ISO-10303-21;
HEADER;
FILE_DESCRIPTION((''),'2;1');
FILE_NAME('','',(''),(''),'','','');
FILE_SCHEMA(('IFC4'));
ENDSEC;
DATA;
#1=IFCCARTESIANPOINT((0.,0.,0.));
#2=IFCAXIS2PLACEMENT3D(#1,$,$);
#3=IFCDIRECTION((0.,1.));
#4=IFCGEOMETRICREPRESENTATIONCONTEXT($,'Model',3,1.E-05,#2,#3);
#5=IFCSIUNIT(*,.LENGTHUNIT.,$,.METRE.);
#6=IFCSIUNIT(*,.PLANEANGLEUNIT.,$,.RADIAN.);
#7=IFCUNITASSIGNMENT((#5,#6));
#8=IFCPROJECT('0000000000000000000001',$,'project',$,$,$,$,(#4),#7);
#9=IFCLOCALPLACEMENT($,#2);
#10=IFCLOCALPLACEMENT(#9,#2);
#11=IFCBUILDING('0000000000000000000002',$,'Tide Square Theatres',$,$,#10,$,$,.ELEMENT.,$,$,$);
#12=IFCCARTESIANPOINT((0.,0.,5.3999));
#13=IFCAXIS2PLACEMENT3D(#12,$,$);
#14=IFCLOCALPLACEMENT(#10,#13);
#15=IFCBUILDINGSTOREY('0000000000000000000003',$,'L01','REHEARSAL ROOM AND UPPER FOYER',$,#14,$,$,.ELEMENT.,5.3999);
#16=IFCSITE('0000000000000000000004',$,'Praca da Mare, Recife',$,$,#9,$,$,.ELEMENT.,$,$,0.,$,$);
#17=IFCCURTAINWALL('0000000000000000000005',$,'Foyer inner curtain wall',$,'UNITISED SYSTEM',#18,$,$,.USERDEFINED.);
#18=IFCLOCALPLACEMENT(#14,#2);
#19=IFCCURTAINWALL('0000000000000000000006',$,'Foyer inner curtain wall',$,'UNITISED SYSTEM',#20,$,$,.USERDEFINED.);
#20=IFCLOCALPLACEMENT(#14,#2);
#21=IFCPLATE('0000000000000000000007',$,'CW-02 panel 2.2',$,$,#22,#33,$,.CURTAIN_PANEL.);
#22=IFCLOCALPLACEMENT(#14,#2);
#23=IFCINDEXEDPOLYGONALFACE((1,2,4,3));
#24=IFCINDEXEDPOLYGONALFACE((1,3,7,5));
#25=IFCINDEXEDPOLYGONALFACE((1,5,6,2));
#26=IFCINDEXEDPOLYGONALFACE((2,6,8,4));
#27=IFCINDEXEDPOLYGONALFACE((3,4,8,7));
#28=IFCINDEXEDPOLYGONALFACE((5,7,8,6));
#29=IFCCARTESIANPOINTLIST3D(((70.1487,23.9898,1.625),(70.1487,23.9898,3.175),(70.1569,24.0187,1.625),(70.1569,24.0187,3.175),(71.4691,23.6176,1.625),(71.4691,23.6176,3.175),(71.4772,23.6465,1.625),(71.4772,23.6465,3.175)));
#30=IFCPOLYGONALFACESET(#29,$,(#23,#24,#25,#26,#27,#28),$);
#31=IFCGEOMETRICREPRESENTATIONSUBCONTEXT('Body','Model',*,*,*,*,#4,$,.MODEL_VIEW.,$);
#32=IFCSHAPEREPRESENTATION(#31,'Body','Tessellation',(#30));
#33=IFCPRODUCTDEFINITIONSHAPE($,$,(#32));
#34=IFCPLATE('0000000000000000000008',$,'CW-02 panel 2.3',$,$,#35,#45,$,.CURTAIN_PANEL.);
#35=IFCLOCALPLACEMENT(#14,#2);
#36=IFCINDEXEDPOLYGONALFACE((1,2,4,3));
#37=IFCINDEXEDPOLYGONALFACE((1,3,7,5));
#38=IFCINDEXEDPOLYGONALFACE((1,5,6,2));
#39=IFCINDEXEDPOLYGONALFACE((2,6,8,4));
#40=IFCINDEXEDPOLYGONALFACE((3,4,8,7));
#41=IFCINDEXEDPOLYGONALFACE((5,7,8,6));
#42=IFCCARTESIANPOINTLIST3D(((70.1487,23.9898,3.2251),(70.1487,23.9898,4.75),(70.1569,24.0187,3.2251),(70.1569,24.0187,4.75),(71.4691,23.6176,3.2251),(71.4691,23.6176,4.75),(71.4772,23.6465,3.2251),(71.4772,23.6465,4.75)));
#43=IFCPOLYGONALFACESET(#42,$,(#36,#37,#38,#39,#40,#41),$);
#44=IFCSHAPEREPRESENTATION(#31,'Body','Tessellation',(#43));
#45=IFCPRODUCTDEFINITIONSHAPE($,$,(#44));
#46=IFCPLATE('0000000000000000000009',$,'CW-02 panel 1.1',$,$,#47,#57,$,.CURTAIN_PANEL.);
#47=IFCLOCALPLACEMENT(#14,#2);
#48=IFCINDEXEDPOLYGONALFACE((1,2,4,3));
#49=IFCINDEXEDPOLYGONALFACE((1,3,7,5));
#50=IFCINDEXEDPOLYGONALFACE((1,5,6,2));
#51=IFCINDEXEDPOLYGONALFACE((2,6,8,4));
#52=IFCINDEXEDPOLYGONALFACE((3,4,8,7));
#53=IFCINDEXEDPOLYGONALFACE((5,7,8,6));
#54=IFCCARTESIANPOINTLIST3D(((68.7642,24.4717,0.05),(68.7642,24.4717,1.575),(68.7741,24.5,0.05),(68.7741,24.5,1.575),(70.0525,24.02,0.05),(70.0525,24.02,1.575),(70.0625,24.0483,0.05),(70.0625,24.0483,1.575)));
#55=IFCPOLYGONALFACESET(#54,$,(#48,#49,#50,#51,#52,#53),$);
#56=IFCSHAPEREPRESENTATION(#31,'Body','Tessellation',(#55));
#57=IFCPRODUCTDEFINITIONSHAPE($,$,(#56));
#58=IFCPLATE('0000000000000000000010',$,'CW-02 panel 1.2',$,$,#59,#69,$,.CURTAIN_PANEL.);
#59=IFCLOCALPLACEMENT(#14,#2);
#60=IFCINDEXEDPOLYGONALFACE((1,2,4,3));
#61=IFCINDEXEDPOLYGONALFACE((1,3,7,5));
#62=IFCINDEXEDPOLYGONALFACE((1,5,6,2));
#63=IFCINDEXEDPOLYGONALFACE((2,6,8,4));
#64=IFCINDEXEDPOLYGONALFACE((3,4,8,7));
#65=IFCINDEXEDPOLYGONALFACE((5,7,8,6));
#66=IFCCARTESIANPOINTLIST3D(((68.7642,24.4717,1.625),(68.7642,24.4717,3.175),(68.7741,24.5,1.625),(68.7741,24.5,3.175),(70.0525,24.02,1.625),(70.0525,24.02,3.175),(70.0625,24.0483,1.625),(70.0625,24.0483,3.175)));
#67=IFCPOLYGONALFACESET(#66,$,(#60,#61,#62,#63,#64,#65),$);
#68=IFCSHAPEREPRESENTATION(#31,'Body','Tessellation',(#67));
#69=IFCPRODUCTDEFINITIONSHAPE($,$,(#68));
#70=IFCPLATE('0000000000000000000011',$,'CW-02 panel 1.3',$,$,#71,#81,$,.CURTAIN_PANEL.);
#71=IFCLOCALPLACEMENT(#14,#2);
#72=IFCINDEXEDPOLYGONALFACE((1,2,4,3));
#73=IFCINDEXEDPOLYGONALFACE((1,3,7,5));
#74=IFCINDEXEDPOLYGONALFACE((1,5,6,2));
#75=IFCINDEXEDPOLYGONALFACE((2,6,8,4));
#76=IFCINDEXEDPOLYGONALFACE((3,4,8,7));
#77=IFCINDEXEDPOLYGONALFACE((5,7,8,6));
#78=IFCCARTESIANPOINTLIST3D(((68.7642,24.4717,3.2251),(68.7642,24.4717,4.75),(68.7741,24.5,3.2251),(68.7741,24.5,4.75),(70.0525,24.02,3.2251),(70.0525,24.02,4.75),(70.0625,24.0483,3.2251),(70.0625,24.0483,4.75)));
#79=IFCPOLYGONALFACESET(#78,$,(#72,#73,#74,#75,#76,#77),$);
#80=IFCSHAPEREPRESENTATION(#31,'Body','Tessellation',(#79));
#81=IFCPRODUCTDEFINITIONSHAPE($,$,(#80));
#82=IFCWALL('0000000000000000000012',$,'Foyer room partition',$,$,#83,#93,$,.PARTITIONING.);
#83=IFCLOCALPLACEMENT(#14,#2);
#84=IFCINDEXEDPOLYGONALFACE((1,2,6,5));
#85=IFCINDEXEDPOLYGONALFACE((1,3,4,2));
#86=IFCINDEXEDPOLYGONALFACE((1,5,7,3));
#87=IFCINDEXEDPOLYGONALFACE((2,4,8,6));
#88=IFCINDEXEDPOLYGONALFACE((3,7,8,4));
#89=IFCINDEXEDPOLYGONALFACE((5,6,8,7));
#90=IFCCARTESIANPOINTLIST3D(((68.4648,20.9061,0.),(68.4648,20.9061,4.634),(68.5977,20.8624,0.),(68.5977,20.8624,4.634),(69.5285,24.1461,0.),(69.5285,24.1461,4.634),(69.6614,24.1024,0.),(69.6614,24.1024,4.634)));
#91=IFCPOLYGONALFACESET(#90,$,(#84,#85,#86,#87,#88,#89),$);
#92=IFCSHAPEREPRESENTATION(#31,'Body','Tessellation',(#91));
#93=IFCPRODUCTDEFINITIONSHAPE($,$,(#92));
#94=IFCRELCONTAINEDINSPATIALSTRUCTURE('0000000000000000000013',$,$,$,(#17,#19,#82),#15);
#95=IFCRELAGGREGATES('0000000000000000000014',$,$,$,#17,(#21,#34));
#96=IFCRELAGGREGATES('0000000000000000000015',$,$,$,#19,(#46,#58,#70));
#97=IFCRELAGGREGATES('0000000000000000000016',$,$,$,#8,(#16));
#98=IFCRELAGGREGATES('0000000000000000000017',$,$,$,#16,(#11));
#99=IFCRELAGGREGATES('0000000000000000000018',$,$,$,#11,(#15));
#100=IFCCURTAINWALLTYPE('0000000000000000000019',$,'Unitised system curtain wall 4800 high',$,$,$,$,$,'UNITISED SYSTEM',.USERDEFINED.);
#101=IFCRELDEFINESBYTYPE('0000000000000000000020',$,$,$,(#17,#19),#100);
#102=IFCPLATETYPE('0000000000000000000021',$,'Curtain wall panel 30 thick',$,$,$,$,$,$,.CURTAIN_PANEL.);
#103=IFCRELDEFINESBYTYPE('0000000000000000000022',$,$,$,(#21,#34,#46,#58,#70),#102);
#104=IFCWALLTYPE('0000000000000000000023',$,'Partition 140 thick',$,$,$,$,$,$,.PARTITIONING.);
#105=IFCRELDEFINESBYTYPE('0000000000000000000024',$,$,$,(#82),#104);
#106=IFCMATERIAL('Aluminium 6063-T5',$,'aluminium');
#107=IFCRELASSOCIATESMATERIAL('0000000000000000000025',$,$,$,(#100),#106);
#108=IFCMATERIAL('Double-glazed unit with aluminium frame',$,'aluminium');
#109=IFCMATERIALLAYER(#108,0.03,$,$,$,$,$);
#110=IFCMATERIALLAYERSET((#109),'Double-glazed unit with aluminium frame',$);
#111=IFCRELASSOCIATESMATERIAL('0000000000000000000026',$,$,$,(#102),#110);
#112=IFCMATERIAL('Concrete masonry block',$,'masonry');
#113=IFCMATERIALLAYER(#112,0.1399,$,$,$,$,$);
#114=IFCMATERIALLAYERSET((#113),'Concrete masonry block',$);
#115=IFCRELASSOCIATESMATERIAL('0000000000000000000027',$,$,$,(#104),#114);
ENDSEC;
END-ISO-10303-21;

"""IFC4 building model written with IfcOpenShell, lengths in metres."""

from ifc_helpers import new_model, si_unit, direction, frame, frame_2d, origin, origin_2d, place, context, subcontext, project, spatial, rectangle, extrude, material, layer, layer_set, type_object, element, aggregate, save


model = new_model("IFC4")

# Units and contexts
model_context = context("Model", 3, precision=1e-05, world=origin(), true_north=direction((0.0, 1.0)))
body_context = subcontext(model_context, "Body", "Model", "MODEL_VIEW")
ifc_project = project(units=[si_unit("LENGTHUNIT", "METRE"), si_unit("PLANEANGLEUNIT", "RADIAN")], contexts=[model_context])

# Site, building, storey
site_placement = place(None, origin())
site = spatial("IfcSite", under=ifc_project, at=site_placement, Name="Praca da Mare, Recife", CompositionType="ELEMENT", RefElevation=0.0)
building_placement = place(site_placement, origin())
building = spatial("IfcBuilding", under=site, at=building_placement, Name="Tide Square Theatres", CompositionType="ELEMENT")
storey_placement = place(building_placement, frame((0.0, 0.0, 5.3999)))
storey = spatial("IfcBuildingStorey", under=building, at=storey_placement, Name="L01", Description="REHEARSAL ROOM AND UPPER FOYER", CompositionType="ELEMENT", Elevation=5.3999)

# Curtain walls
ifc_material_1 = material(Name="Aluminium 6063-T5", Category="aluminium")
curtain_wall_type = type_object("IfcCurtainWallType", Name="Unitised system curtain wall 4800 high", ElementType="UNITISED SYSTEM", PredefinedType="USERDEFINED", material=ifc_material_1)
curtain_wall_1_placement = place(storey_placement, origin())
curtain_wall_1 = element("IfcCurtainWall", 1, at=curtain_wall_1_placement, inside=storey, type_object=curtain_wall_type, Name="Foyer inner curtain wall", ObjectType="UNITISED SYSTEM", PredefinedType="USERDEFINED")
curtain_wall_2_placement = place(storey_placement, origin())
curtain_wall_2 = element("IfcCurtainWall", 2, at=curtain_wall_2_placement, inside=storey, type_object=curtain_wall_type, Name="Foyer inner curtain wall", ObjectType="UNITISED SYSTEM", PredefinedType="USERDEFINED")

# Plates
ifc_material_2 = material(Name="Double-glazed unit with aluminium frame", Category="aluminium")
ifc_layer_1 = layer(ifc_material_2, 0.03)
ifc_layer_set_1 = layer_set([ifc_layer_1], Name="Double-glazed unit with aluminium frame")
plate_type = type_object("IfcPlateType", Name="Curtain wall panel 30 thick", PredefinedType="CURTAIN_PANEL", material=ifc_layer_set_1)
plate_1_placement = place(storey_placement, frame((70.813, 23.8181, 1.625), z_axis=(0.0, 0.0, 1.0), x_axis=(-0.962487, 0.271328, 0.0)))
plate_1 = element("IfcPlate", 3, at=plate_1_placement, type_object=plate_type, Name="CW-02 panel 2.2", PredefinedType="CURTAIN_PANEL", context=body_context, shape_type="SweptSolid", body=[
    extrude(rectangle(XDim=1.3718, YDim=0.03, at=origin_2d()), origin(), (0.0, 0.0, 1.0), 1.55),
])
plate_2_placement = place(storey_placement, frame((70.813, 23.8181, 3.2251), z_axis=(0.0, 0.0, 1.0), x_axis=(-0.962487, 0.271328, 0.0)))
plate_2 = element("IfcPlate", 4, at=plate_2_placement, type_object=plate_type, Name="CW-02 panel 2.3", PredefinedType="CURTAIN_PANEL", context=body_context, shape_type="SweptSolid", body=[
    extrude(rectangle(XDim=1.3718, YDim=0.03, at=origin_2d()), origin(), (0.0, 0.0, 1.0), 1.5249),
])
aggregate(curtain_wall_1, [plate_1, plate_2])
plate_3_placement = place(storey_placement, frame((69.4133, 24.26, 0.05), z_axis=(0.0, 0.0, 1.0), x_axis=(-0.943674, 0.330876, 0.0)))
plate_3 = element("IfcPlate", 5, at=plate_3_placement, type_object=plate_type, Name="CW-02 panel 1.1", PredefinedType="CURTAIN_PANEL", context=body_context, shape_type="SweptSolid", body=[
    extrude(rectangle(XDim=1.3652, YDim=0.03, at=origin_2d()), origin(), (0.0, 0.0, 1.0), 1.5249),
])
plate_4_placement = place(storey_placement, frame((69.4133, 24.26, 1.625), z_axis=(0.0, 0.0, 1.0), x_axis=(-0.943674, 0.330876, 0.0)))
plate_4 = element("IfcPlate", 6, at=plate_4_placement, type_object=plate_type, Name="CW-02 panel 1.2", PredefinedType="CURTAIN_PANEL", context=body_context, shape_type="SweptSolid", body=[
    extrude(rectangle(XDim=1.3652, YDim=0.03, at=origin_2d()), origin(), (0.0, 0.0, 1.0), 1.55),
])
plate_5_placement = place(storey_placement, frame((69.4133, 24.26, 3.2251), z_axis=(0.0, 0.0, 1.0), x_axis=(-0.943674, 0.330876, 0.0)))
plate_5 = element("IfcPlate", 7, at=plate_5_placement, type_object=plate_type, Name="CW-02 panel 1.3", PredefinedType="CURTAIN_PANEL", context=body_context, shape_type="SweptSolid", body=[
    extrude(rectangle(XDim=1.3652, YDim=0.03, at=origin_2d()), origin(), (0.0, 0.0, 1.0), 1.5249),
])
aggregate(curtain_wall_2, [plate_3, plate_4, plate_5])

# Wall
ifc_material_3 = material(Name="Concrete masonry block", Category="masonry")
ifc_layer_2 = layer(ifc_material_3, 0.1399)
ifc_layer_set_2 = layer_set([ifc_layer_2], Name="Concrete masonry block")
wall_type = type_object("IfcWallType", Name="Partition 140 thick", PredefinedType="PARTITIONING", material=ifc_layer_set_2)
wall_placement = place(storey_placement, frame((69.595, 24.1243, 0.0), z_axis=(0.0, 0.0, 1.0), x_axis=(-0.311929, -0.950105, 0.0)))
element("IfcWall", 8, at=wall_placement, inside=storey, type_object=wall_type, Name="Foyer room partition", PredefinedType="PARTITIONING", context=body_context, shape_type="SweptSolid", body=[
    extrude(rectangle(XDim=3.4102, YDim=0.1399, at=frame_2d((1.7051, 0.0))), origin(), (0.0, 0.0, 1.0), 4.634),
])

save(model, "model.ifc")
